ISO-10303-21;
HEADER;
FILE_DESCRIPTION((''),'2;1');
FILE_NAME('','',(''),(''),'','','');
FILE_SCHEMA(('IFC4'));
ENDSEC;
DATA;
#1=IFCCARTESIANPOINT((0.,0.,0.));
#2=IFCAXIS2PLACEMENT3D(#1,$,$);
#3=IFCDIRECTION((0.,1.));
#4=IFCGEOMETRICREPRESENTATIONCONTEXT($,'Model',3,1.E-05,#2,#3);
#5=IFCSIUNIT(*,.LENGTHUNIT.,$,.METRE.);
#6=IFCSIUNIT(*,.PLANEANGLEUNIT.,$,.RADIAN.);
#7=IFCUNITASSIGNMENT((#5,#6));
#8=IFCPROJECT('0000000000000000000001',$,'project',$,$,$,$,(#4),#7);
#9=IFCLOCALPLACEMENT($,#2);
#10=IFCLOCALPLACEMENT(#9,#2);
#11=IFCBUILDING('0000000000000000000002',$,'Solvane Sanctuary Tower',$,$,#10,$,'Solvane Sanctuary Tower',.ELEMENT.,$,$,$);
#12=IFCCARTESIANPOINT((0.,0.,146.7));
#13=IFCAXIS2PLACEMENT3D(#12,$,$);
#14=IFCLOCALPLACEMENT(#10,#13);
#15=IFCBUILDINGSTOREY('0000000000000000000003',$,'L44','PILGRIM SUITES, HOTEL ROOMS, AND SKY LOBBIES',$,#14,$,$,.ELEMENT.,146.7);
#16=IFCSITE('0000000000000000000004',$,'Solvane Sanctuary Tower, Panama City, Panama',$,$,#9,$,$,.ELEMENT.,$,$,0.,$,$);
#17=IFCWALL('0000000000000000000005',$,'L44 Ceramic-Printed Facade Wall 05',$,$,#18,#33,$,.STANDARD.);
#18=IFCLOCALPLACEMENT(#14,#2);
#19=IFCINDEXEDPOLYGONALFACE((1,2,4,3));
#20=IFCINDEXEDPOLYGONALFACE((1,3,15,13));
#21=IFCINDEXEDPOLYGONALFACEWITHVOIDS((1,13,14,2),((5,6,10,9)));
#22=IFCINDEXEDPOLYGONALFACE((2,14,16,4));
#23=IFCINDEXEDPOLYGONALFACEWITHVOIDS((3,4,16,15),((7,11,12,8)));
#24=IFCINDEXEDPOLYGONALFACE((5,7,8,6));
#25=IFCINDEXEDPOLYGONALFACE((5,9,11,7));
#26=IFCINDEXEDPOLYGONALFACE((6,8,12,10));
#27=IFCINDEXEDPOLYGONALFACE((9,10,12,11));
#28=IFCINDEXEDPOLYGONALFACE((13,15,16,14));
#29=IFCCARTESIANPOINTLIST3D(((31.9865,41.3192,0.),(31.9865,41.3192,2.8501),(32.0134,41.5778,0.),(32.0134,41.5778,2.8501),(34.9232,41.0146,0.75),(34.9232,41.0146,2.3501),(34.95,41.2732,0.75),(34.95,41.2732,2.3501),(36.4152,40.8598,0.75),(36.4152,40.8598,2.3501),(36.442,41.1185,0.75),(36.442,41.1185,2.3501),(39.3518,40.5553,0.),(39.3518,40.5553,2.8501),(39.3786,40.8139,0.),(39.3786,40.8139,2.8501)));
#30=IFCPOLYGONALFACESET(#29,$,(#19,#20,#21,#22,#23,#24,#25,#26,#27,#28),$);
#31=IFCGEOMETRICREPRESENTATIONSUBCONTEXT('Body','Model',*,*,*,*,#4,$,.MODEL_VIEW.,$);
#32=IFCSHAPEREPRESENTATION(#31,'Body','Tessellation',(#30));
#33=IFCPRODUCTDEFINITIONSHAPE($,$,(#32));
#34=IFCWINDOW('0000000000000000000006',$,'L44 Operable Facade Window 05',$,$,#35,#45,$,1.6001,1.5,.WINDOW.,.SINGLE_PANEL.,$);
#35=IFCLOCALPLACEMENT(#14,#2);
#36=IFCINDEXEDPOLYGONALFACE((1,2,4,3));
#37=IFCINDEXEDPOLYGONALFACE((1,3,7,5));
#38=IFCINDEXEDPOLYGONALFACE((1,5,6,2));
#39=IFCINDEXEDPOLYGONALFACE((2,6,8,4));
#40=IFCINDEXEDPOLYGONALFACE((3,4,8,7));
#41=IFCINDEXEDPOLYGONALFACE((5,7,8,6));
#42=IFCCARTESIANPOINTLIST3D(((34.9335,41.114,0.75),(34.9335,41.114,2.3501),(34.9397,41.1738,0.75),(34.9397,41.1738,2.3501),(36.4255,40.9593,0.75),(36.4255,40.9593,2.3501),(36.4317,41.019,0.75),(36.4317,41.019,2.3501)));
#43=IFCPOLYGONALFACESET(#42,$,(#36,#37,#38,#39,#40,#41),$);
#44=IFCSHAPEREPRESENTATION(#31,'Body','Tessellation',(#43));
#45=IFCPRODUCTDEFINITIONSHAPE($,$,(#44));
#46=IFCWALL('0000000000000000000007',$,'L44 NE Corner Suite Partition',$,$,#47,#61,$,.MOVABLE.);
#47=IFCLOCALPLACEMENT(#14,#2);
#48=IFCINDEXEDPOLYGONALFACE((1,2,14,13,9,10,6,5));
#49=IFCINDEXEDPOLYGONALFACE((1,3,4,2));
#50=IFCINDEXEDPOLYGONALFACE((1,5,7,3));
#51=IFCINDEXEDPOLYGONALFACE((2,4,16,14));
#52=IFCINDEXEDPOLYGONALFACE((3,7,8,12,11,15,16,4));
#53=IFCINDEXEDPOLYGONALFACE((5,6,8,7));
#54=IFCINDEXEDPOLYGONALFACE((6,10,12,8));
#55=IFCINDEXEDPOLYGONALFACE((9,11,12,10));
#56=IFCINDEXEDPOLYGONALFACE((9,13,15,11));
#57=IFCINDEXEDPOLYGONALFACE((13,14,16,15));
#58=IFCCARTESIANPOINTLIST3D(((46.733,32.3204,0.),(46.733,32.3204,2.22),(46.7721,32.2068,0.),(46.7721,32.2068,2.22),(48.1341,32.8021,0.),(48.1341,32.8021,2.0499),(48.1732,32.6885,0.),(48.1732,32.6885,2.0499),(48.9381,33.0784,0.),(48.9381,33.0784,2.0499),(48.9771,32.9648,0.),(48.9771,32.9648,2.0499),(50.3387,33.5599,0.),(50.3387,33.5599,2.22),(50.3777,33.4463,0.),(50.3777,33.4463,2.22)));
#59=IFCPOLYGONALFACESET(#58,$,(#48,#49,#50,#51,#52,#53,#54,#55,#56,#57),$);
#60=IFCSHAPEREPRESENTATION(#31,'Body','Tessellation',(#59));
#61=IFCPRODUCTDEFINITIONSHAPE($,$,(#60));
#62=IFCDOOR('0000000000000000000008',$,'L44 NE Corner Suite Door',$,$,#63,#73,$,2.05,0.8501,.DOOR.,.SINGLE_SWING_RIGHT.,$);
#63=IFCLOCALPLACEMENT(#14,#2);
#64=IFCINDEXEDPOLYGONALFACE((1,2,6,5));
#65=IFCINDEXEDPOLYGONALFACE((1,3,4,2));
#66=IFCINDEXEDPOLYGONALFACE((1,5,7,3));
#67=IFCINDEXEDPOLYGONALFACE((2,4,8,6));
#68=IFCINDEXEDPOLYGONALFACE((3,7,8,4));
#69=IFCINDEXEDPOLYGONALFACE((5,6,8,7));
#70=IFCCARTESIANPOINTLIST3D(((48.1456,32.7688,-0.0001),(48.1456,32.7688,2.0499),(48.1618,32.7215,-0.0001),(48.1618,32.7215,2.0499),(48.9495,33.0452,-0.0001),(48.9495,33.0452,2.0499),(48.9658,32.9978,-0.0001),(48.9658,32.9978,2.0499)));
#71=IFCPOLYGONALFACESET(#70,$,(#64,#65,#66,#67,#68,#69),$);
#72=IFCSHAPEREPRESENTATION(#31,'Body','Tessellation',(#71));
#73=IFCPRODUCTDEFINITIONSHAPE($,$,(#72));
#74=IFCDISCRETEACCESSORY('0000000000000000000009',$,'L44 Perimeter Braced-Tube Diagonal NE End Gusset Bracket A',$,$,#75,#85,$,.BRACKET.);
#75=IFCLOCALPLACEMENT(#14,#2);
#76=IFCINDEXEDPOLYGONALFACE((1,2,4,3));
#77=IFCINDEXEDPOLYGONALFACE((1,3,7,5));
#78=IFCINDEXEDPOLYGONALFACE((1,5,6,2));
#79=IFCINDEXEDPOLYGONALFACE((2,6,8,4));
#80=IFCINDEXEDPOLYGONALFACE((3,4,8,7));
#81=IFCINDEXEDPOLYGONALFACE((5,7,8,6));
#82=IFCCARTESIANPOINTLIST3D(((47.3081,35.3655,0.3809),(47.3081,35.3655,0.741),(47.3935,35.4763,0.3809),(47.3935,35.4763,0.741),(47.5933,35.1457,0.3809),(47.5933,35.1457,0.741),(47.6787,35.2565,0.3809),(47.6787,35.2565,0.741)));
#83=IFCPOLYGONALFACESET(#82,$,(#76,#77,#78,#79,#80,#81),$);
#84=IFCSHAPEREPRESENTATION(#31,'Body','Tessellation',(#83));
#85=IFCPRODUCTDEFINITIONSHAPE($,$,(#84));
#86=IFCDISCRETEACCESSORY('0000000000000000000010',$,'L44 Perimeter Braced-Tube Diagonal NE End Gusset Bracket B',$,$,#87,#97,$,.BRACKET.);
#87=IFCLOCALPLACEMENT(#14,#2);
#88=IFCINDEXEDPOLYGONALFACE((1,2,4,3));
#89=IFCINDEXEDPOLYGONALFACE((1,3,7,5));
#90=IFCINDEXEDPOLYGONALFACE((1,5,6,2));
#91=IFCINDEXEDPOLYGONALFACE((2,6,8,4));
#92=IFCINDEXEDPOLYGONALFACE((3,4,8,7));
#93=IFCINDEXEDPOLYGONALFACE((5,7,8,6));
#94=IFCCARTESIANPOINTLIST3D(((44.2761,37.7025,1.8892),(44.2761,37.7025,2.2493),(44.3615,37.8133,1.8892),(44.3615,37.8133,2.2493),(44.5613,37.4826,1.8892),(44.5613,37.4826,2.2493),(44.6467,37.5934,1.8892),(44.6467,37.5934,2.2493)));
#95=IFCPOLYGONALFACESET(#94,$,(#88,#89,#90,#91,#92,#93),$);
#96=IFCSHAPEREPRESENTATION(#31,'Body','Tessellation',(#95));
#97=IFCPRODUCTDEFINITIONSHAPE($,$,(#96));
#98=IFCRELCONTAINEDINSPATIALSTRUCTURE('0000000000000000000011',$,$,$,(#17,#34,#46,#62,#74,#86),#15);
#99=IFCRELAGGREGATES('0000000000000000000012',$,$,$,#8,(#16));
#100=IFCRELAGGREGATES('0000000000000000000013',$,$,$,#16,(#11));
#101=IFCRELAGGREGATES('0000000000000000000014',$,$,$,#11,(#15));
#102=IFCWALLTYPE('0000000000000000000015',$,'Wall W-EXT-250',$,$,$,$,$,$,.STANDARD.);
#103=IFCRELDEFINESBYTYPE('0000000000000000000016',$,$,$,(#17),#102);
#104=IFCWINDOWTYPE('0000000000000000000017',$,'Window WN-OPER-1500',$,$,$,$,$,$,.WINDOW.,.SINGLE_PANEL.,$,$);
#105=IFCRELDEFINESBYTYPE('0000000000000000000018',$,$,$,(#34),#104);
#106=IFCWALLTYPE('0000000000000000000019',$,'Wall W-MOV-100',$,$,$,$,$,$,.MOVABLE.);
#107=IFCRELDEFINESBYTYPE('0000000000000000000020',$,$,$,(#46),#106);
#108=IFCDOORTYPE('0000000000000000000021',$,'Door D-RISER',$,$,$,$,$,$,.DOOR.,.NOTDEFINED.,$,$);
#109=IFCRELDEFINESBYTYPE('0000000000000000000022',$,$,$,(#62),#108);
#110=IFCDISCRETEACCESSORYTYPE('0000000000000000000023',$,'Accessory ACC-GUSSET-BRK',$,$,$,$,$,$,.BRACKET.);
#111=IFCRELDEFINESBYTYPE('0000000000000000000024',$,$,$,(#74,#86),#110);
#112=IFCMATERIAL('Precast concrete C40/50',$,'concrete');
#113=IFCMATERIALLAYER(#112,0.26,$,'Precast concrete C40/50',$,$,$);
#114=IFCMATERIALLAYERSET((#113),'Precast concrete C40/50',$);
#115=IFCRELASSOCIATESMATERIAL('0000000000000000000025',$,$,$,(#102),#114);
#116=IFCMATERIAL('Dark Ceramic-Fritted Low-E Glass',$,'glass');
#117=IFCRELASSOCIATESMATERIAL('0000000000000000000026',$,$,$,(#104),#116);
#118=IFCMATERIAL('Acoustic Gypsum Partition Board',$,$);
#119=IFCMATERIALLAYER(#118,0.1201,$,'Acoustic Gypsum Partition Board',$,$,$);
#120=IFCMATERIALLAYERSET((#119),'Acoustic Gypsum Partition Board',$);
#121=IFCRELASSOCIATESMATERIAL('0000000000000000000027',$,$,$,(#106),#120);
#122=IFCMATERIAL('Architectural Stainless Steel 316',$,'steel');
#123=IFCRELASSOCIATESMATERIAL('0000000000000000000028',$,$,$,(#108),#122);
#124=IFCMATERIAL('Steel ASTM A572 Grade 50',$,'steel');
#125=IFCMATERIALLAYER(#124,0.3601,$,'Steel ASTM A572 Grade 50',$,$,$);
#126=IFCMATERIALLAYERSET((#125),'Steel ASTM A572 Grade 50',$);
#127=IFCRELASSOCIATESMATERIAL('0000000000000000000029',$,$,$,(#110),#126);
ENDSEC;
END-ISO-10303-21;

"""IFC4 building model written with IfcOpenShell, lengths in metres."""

from ifc_helpers import new_model, si_unit, direction, frame, frame_2d, origin, origin_2d, place, context, subcontext, project, spatial, rectangle, extrude, material, layer, layer_set, type_object, element, fill, save


model = new_model("IFC4")

# Units and contexts
model_context = context("Model", 3, precision=1e-05, world=origin(), true_north=direction((0.0, 1.0)))
body_context = subcontext(model_context, "Body", "Model", "MODEL_VIEW")
ifc_project = project(units=[si_unit("LENGTHUNIT", "METRE"), si_unit("PLANEANGLEUNIT", "RADIAN")], contexts=[model_context])

# Site, building, storey
site_placement = place(None, origin())
site = spatial("IfcSite", under=ifc_project, at=site_placement, Name="Solvane Sanctuary Tower, Panama City, Panama", CompositionType="ELEMENT", RefElevation=0.0)
building_placement = place(site_placement, origin())
building = spatial("IfcBuilding", under=site, at=building_placement, Name="Solvane Sanctuary Tower", LongName="Solvane Sanctuary Tower", CompositionType="ELEMENT")
storey_placement = place(building_placement, frame((0.0, 0.0, 146.7)))
storey = spatial("IfcBuildingStorey", under=building, at=storey_placement, Name="L44", Description="PILGRIM SUITES, HOTEL ROOMS, AND SKY LOBBIES", CompositionType="ELEMENT", Elevation=146.7)

# Shared definitions
ifc_material_1 = material(Name="Acoustic Gypsum Partition Board")

# Shared definitions
ifc_material_2 = material(Name="Precast concrete C40/50", Category="concrete")
ifc_layer_1 = layer(ifc_material_2, 0.26, Name="Precast concrete C40/50")
ifc_layer_set_1 = layer_set([ifc_layer_1], Name="Precast concrete C40/50")
wall_type_1 = type_object("IfcWallType", Name="Wall W-EXT-250", PredefinedType="STANDARD", material=ifc_layer_set_1)
ifc_material_3 = material(Name="Dark Ceramic-Fritted Low-E Glass", Category="glass")

# Wall, opening, window
wall_1_placement = place(storey_placement, frame((39.3652, 40.6846, 0.0), z_axis=(0.0, 0.0, 1.0), x_axis=(-0.994664, 0.103166, 0.0)))
wall_1 = element("IfcWall", 1, at=wall_1_placement, inside=storey, type_object=wall_type_1, Name="L44 Ceramic-Printed Facade Wall 05", PredefinedType="STANDARD", context=body_context, shape_type="SweptSolid", body=[
    extrude(rectangle(XDim=7.4048, YDim=0.26, at=frame_2d((3.7024, 0.0))), origin(), (0.0, 0.0, 1.0), 2.8501),
])
opening_1_placement = place(wall_1_placement, frame((2.9524, 0.0, 0.75)))
opening_1 = element("IfcOpeningElement", 2, at=opening_1_placement, cuts=wall_1, PredefinedType="OPENING", context=body_context, shape_type="SweptSolid", body=[
    extrude(rectangle(XDim=1.5, YDim=1.6001, at=frame_2d((0.75, 0.8))), frame((0.0, 0.1399, 0.0), z_axis=(0.0, -1.0, 0.0), x_axis=(1.0, 0.0, 0.0)), (0.0, 0.0, 1.0), 0.28),
])
window_type_1 = type_object("IfcWindowType", Name="Window WN-OPER-1500", PartitioningType="SINGLE_PANEL", PredefinedType="WINDOW", material=ifc_material_3)
window_1_placement = place(opening_1_placement, origin())
window_1 = element("IfcWindow", 3, at=window_1_placement, inside=storey, type_object=window_type_1, Name="L44 Operable Facade Window 05", OverallHeight=1.6001, OverallWidth=1.5, PartitioningType="SINGLE_PANEL", PredefinedType="WINDOW", context=body_context, shape_type="SweptSolid", body=[
    extrude(rectangle(XDim=1.5, YDim=1.6001, at=frame_2d((0.75, 0.8))), frame((0.0, 0.03, 0.0), z_axis=(0.0, -1.0, 0.0), x_axis=(1.0, 0.0, 0.0)), (0.0, 0.0, 1.0), 0.0601),
])
fill(opening_1, window_1)

# Wall, opening, door
ifc_layer_2 = layer(ifc_material_1, 0.1201, Name="Acoustic Gypsum Partition Board")
ifc_layer_set_2 = layer_set([ifc_layer_2], Name="Acoustic Gypsum Partition Board")
wall_type_2 = type_object("IfcWallType", Name="Wall W-MOV-100", PredefinedType="MOVABLE", material=ifc_layer_set_2)
wall_2_placement = place(storey_placement, frame((46.7527, 32.2637, 0.0), z_axis=(0.0, 0.0, 1.0), x_axis=(0.945684, 0.325089, 0.0)))
wall_2 = element("IfcWall", 4, at=wall_2_placement, inside=storey, type_object=wall_type_2, Name="L44 NE Corner Suite Partition", PredefinedType="MOVABLE", context=body_context, shape_type="SweptSolid", body=[
    extrude(rectangle(XDim=3.8127, YDim=0.1201, at=frame_2d((1.9062, 0.0))), origin(), (0.0, 0.0, 1.0), 2.22),
])
opening_2_placement = place(wall_2_placement, frame((1.4814, 0.0, 0.0)))
opening_2 = element("IfcOpeningElement", 5, at=opening_2_placement, cuts=wall_2, PredefinedType="OPENING", context=body_context, shape_type="SweptSolid", body=[
    extrude(rectangle(XDim=0.8501, YDim=2.05, at=frame_2d((0.425, 1.0249))), frame((0.0, 0.0701, 0.0), z_axis=(0.0, -1.0, 0.0), x_axis=(1.0, 0.0, 0.0)), (0.0, 0.0, 1.0), 0.1401),
])
ifc_material_4 = material(Name="Architectural Stainless Steel 316", Category="steel")
door_type_1 = type_object("IfcDoorType", Name="Door D-RISER", OperationType="NOTDEFINED", PredefinedType="DOOR", material=ifc_material_4)
door_1_placement = place(opening_2_placement, origin())
door_1 = element("IfcDoor", 6, at=door_1_placement, inside=storey, type_object=door_type_1, Name="L44 NE Corner Suite Door", OperationType="SINGLE_SWING_RIGHT", OverallHeight=2.05, OverallWidth=0.8501, PredefinedType="DOOR", context=body_context, shape_type="SweptSolid", body=[
    extrude(rectangle(XDim=0.8501, YDim=2.05, at=frame_2d((0.425, 1.0249))), frame((0.0, 0.0249, 0.0), z_axis=(0.0, -1.0, 0.0), x_axis=(1.0, 0.0, 0.0)), (0.0, 0.0, 1.0), 0.05),
])
fill(opening_2, door_1)

# Discrete accessories
ifc_material_5 = material(Name="Steel ASTM A572 Grade 50", Category="steel")
ifc_layer_3 = layer(ifc_material_5, 0.3601, Name="Steel ASTM A572 Grade 50")
ifc_layer_set_3 = layer_set([ifc_layer_3], Name="Steel ASTM A572 Grade 50")
discrete_accessory_type = type_object("IfcDiscreteAccessoryType", Name="Accessory ACC-GUSSET-BRK", PredefinedType="BRACKET", material=ifc_layer_set_3)
for number, where, z_axis, x_axis, name in (
    (7, (47.4934, 35.311, 0.3809), (0.0, 0.0, 1.0), (-0.792077, 0.610422, 0.0), "L44 Perimeter Braced-Tube Diagonal NE End Gusset Bracket A"),
    (8, (44.4614, 37.6479, 1.8892), (0.0, 0.0, 1.0), (-0.792077, 0.610422, 0.0), "L44 Perimeter Braced-Tube Diagonal NE End Gusset Bracket B"),
):
    element("IfcDiscreteAccessory", number, at=place(storey_placement, frame(where, z_axis=z_axis, x_axis=x_axis)), inside=storey, type_object=discrete_accessory_type, Name=name, PredefinedType="BRACKET", context=body_context, shape_type="SweptSolid", body=[
        extrude(rectangle(XDim=0.3601, YDim=0.1399, at=origin_2d()), origin(), (0.0, 0.0, 1.0), 0.3601),
    ])

save(model, "model.ifc")
